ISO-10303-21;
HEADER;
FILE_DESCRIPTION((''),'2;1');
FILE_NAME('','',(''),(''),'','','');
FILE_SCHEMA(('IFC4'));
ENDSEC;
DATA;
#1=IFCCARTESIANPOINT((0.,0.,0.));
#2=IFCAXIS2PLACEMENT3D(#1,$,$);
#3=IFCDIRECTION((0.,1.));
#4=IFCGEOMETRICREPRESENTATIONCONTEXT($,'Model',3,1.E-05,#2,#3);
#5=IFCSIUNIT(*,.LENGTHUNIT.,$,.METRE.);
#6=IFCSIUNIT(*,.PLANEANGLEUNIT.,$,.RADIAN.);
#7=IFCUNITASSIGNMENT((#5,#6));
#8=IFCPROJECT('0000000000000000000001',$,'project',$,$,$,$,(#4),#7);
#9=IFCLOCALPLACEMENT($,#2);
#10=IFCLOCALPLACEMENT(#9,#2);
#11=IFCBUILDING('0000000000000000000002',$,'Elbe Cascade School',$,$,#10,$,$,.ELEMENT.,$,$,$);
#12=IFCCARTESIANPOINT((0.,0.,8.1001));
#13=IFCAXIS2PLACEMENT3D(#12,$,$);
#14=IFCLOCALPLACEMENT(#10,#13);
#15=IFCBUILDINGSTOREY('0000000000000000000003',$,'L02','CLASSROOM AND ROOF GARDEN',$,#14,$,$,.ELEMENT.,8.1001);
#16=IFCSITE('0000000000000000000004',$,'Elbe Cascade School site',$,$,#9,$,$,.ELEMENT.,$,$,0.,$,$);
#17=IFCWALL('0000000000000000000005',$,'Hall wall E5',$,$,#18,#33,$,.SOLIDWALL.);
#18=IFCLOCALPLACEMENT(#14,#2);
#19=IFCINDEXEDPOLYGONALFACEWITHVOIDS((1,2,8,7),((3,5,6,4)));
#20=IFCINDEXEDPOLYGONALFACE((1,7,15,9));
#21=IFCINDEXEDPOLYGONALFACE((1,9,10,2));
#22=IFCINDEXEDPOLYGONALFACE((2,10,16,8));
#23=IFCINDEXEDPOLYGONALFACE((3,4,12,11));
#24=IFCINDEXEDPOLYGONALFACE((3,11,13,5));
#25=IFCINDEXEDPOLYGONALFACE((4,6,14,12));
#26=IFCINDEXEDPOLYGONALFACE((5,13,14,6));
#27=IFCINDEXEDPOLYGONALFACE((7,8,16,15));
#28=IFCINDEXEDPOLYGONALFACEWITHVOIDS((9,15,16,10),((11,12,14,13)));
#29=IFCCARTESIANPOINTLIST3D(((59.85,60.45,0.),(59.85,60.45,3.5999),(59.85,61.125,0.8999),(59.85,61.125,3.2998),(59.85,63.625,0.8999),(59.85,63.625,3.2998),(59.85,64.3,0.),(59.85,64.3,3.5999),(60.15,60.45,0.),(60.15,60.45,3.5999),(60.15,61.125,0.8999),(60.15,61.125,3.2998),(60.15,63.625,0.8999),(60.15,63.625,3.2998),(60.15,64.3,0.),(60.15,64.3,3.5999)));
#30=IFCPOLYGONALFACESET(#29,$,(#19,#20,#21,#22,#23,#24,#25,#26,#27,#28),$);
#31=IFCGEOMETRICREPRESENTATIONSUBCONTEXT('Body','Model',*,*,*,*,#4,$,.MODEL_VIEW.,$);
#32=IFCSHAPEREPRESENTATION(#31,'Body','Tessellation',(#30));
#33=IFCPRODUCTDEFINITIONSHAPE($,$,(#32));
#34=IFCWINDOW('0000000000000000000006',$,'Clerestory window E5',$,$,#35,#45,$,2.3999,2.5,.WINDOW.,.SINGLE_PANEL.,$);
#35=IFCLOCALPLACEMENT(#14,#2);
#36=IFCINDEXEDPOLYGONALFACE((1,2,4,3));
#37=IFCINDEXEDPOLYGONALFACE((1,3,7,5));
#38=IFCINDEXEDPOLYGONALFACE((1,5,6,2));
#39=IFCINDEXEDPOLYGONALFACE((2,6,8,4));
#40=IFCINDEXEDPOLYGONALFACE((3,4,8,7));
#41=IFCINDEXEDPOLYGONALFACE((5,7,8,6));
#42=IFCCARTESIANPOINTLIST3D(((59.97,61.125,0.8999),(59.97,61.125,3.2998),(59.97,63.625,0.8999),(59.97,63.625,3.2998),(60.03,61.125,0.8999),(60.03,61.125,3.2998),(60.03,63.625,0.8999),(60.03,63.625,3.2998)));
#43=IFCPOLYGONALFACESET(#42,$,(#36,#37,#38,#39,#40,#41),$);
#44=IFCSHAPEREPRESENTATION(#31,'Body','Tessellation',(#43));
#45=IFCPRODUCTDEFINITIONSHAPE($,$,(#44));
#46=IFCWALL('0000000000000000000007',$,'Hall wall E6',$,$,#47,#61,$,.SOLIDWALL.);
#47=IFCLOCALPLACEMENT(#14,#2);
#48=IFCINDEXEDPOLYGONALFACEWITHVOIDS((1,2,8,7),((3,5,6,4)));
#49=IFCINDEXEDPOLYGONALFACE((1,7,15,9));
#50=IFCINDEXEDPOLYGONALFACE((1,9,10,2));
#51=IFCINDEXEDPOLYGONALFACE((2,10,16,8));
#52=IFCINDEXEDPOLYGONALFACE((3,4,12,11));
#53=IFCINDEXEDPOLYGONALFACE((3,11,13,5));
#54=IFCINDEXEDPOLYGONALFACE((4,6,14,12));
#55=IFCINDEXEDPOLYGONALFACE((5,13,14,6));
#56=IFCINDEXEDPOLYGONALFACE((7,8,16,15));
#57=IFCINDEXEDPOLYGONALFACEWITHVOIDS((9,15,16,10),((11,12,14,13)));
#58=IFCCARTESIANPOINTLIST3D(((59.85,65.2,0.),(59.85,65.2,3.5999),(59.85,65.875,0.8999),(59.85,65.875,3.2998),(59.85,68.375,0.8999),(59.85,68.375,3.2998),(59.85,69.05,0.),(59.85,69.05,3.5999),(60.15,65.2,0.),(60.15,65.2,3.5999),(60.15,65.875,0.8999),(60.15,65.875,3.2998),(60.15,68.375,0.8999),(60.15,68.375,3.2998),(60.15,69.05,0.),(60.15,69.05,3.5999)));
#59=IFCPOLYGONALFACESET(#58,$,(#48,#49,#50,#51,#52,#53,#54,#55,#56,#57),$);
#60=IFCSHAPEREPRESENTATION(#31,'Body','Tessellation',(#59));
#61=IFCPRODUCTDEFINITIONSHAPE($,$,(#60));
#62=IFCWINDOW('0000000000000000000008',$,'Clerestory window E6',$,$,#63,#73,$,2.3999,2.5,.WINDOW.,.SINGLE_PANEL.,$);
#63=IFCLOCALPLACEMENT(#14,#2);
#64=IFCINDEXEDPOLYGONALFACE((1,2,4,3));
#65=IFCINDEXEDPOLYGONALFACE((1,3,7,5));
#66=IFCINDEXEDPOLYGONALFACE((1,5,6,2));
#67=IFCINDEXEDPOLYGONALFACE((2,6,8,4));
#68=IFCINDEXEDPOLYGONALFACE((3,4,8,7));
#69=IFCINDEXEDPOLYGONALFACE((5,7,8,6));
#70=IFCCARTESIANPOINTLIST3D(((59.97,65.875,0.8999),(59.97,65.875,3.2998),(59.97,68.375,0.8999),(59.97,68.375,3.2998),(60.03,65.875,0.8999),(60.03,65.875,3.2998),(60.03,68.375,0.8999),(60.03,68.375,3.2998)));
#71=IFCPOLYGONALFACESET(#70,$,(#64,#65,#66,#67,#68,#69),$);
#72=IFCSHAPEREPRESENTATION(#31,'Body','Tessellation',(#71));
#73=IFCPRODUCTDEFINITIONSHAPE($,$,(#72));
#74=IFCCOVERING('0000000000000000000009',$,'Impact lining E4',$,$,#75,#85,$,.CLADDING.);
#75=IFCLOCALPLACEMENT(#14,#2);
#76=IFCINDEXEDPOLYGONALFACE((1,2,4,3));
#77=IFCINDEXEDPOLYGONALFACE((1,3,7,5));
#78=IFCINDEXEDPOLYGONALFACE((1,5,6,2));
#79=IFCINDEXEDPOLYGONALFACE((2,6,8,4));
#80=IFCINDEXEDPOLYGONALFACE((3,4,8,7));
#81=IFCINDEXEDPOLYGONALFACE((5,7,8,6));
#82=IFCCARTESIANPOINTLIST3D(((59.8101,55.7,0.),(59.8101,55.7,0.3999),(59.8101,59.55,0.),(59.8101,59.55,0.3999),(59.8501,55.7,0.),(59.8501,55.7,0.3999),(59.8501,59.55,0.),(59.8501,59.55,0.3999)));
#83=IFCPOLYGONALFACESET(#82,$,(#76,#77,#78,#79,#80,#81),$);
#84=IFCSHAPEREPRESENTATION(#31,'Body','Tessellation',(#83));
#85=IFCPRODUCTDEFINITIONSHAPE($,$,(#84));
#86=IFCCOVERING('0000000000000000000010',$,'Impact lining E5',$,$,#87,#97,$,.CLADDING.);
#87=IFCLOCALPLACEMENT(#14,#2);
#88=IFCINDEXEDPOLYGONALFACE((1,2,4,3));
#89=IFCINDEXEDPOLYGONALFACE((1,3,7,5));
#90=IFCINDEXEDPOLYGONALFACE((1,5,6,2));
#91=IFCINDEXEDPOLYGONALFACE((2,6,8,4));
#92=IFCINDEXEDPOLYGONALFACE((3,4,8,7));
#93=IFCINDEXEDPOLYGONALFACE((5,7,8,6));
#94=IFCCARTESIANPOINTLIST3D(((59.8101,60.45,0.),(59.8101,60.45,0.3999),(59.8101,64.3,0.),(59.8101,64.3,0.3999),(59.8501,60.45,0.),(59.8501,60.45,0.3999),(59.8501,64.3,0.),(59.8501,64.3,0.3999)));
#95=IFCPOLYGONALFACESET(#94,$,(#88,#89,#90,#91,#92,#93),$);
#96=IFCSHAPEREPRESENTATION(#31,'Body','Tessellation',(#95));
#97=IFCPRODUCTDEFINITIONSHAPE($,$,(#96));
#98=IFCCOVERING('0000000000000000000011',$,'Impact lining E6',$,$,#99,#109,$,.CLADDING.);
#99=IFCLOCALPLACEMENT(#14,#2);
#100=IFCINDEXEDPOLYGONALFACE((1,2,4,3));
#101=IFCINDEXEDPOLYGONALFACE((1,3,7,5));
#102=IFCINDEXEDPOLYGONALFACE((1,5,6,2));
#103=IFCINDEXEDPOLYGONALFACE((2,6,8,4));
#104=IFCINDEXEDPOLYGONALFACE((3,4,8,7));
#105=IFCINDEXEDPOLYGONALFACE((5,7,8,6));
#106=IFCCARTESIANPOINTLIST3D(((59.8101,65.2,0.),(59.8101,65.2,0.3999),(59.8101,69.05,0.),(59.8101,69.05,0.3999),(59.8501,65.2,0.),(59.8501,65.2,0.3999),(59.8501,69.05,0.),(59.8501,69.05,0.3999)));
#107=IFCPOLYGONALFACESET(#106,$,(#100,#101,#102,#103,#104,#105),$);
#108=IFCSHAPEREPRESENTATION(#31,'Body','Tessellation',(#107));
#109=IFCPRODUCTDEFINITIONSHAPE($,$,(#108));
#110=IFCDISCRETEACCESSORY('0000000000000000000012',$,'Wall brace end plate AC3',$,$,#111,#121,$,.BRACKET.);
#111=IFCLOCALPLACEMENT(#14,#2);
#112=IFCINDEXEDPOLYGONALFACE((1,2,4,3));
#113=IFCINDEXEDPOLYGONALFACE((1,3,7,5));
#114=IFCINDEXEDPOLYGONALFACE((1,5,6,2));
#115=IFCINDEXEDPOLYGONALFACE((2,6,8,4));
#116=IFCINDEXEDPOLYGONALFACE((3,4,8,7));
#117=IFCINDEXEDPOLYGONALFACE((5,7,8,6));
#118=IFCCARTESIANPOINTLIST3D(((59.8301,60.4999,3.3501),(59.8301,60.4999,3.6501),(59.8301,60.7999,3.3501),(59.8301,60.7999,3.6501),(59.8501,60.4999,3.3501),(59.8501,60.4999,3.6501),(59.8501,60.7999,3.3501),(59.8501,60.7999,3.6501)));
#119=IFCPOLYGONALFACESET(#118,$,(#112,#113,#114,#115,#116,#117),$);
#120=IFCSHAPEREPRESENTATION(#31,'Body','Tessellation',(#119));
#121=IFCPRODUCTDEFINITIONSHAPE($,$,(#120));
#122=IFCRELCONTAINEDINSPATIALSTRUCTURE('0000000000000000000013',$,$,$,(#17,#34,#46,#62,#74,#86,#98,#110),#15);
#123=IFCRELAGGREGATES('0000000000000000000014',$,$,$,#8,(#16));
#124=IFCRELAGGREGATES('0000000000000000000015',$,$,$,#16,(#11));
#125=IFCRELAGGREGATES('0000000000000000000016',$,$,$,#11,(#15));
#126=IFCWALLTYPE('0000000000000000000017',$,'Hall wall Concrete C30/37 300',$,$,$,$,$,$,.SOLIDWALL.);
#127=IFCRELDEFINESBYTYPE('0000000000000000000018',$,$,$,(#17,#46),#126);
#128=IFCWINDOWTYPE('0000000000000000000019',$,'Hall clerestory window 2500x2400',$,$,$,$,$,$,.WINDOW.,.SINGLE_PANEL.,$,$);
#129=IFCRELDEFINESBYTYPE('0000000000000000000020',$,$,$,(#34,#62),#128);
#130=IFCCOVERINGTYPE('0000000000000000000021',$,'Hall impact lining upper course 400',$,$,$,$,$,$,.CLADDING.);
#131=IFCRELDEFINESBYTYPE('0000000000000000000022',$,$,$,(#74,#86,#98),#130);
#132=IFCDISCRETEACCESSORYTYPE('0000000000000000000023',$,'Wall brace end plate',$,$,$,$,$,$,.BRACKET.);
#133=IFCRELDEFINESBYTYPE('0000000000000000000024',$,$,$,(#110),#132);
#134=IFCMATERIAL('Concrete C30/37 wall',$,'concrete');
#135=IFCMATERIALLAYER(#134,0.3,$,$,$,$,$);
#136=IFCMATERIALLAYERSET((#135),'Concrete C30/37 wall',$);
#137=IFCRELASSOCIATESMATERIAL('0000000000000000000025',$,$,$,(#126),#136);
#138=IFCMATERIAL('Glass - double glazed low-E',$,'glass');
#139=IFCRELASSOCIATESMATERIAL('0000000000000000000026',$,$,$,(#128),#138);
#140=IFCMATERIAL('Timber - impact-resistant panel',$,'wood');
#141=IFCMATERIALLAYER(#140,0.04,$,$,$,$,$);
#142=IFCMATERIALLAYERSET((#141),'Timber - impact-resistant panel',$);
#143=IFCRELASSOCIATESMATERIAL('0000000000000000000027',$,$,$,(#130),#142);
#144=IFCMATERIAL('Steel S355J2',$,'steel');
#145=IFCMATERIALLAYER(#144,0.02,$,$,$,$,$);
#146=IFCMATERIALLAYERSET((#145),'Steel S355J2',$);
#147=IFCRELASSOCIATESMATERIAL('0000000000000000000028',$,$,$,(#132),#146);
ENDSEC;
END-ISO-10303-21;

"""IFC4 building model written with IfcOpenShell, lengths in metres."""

from ifc_helpers import new_model, si_unit, direction, frame, frame_2d, origin, origin_2d, place, context, subcontext, project, spatial, rectangle, extrude, material, layer, layer_set, type_object, element, fill, save


model = new_model("IFC4")

# Units and contexts
model_context = context("Model", 3, precision=1e-05, world=origin(), true_north=direction((0.0, 1.0)))
body_context = subcontext(model_context, "Body", "Model", "MODEL_VIEW")
ifc_project = project(units=[si_unit("LENGTHUNIT", "METRE"), si_unit("PLANEANGLEUNIT", "RADIAN")], contexts=[model_context])

# Site, building, storey
site_placement = place(None, origin())
site = spatial("IfcSite", under=ifc_project, at=site_placement, Name="Elbe Cascade School site", CompositionType="ELEMENT", RefElevation=0.0)
building_placement = place(site_placement, origin())
building = spatial("IfcBuilding", under=site, at=building_placement, Name="Elbe Cascade School", CompositionType="ELEMENT")
storey_placement = place(building_placement, frame((0.0, 0.0, 8.1001)))
storey = spatial("IfcBuildingStorey", under=building, at=storey_placement, Name="L02", Description="CLASSROOM AND ROOF GARDEN", CompositionType="ELEMENT", Elevation=8.1001)

# Walls, openings, windows
ifc_material_1 = material(Name="Concrete C30/37 wall", Category="concrete")
ifc_layer_1 = layer(ifc_material_1, 0.3)
ifc_layer_set_1 = layer_set([ifc_layer_1], Name="Concrete C30/37 wall")
wall_type = type_object("IfcWallType", Name="Hall wall Concrete C30/37 300", PredefinedType="SOLIDWALL", material=ifc_layer_set_1)
ifc_material_2 = material(Name="Glass - double glazed low-E", Category="glass")
window_type = type_object("IfcWindowType", Name="Hall clerestory window 2500x2400", PartitioningType="SINGLE_PANEL", PredefinedType="WINDOW", material=ifc_material_2)
wall_1_placement = place(storey_placement, frame((60.0, 60.45, 0.0), z_axis=(0.0, 0.0, 1.0), x_axis=(0.0, 1.0, 0.0)))
wall_1 = element("IfcWall", 1, at=wall_1_placement, inside=storey, type_object=wall_type, Name="Hall wall E5", PredefinedType="SOLIDWALL", context=body_context, shape_type="SweptSolid", body=[
    extrude(rectangle(XDim=3.8501, YDim=0.3, at=frame_2d((1.925, 0.0))), origin(), (0.0, 0.0, 1.0), 3.5999),
])
opening_1_placement = place(wall_1_placement, frame((0.675, 0.0, 0.8999)))
opening_1 = element("IfcOpeningElement", 2, at=opening_1_placement, cuts=wall_1, PredefinedType="OPENING", context=body_context, shape_type="SweptSolid", body=[
    extrude(rectangle(XDim=2.5, YDim=2.3999, at=frame_2d((1.25, 1.2))), frame((0.0, 0.1599, 0.0), z_axis=(0.0, -1.0, 0.0), x_axis=(1.0, 0.0, 0.0)), (0.0, 0.0, 1.0), 0.3201),
])
window_1_placement = place(opening_1_placement, origin())
window_1 = element("IfcWindow", 3, at=window_1_placement, inside=storey, type_object=window_type, Name="Clerestory window E5", OverallHeight=2.3999, OverallWidth=2.5, PartitioningType="SINGLE_PANEL", PredefinedType="WINDOW", context=body_context, shape_type="SweptSolid", body=[
    extrude(rectangle(XDim=2.5, YDim=2.3999, at=frame_2d((1.25, 1.2))), frame((0.0, 0.03, 0.0), z_axis=(0.0, -1.0, 0.0), x_axis=(1.0, 0.0, 0.0)), (0.0, 0.0, 1.0), 0.0601),
])
fill(opening_1, window_1)
wall_2_placement = place(storey_placement, frame((60.0, 65.2, 0.0), z_axis=(0.0, 0.0, 1.0), x_axis=(0.0, 1.0, 0.0)))
wall_2 = element("IfcWall", 4, at=wall_2_placement, inside=storey, type_object=wall_type, Name="Hall wall E6", PredefinedType="SOLIDWALL", context=body_context, shape_type="SweptSolid", body=[
    extrude(rectangle(XDim=3.8501, YDim=0.3, at=frame_2d((1.925, 0.0))), origin(), (0.0, 0.0, 1.0), 3.5999),
])
opening_2_placement = place(wall_2_placement, frame((0.675, 0.0, 0.8999)))
opening_2 = element("IfcOpeningElement", 5, at=opening_2_placement, cuts=wall_2, PredefinedType="OPENING", context=body_context, shape_type="SweptSolid", body=[
    extrude(rectangle(XDim=2.5, YDim=2.3999, at=frame_2d((1.25, 1.2))), frame((0.0, 0.1599, 0.0), z_axis=(0.0, -1.0, 0.0), x_axis=(1.0, 0.0, 0.0)), (0.0, 0.0, 1.0), 0.3201),
])
window_2_placement = place(opening_2_placement, origin())
window_2 = element("IfcWindow", 6, at=window_2_placement, inside=storey, type_object=window_type, Name="Clerestory window E6", OverallHeight=2.3999, OverallWidth=2.5, PartitioningType="SINGLE_PANEL", PredefinedType="WINDOW", context=body_context, shape_type="SweptSolid", body=[
    extrude(rectangle(XDim=2.5, YDim=2.3999, at=frame_2d((1.25, 1.2))), frame((0.0, 0.03, 0.0), z_axis=(0.0, -1.0, 0.0), x_axis=(1.0, 0.0, 0.0)), (0.0, 0.0, 1.0), 0.0601),
])
fill(opening_2, window_2)

# Coverings
ifc_material_3 = material(Name="Timber - impact-resistant panel", Category="wood")
ifc_layer_2 = layer(ifc_material_3, 0.04)
ifc_layer_set_2 = layer_set([ifc_layer_2], Name="Timber - impact-resistant panel")
covering_type = type_object("IfcCoveringType", Name="Hall impact lining upper course 400", PredefinedType="CLADDING", material=ifc_layer_set_2)
for number, where, z_axis, x_axis, name in (
    (7, (59.8301, 57.625, 0.0), (0.0, 0.0, 1.0), (1.0, 0.0, 0.0), "Impact lining E4"),
    (8, (59.8301, 62.375, 0.0), (0.0, 0.0, 1.0), (1.0, 0.0, 0.0), "Impact lining E5"),
    (9, (59.8301, 67.125, 0.0), (0.0, 0.0, 1.0), (1.0, 0.0, 0.0), "Impact lining E6"),
):
    element("IfcCovering", number, at=place(storey_placement, frame(where, z_axis=z_axis, x_axis=x_axis)), inside=storey, type_object=covering_type, Name=name, PredefinedType="CLADDING", context=body_context, shape_type="SweptSolid", body=[
        extrude(rectangle(XDim=0.04, YDim=3.8501, at=origin_2d()), origin(), (0.0, 0.0, 1.0), 0.3999),
    ])

# Discrete accessory
ifc_material_4 = material(Name="Steel S355J2", Category="steel")
ifc_layer_3 = layer(ifc_material_4, 0.02)
ifc_layer_set_3 = layer_set([ifc_layer_3], Name="Steel S355J2")
discrete_accessory_type = type_object("IfcDiscreteAccessoryType", Name="Wall brace end plate", PredefinedType="BRACKET", material=ifc_layer_set_3)
discrete_accessory_placement = place(storey_placement, frame((59.8401, 60.6499, 3.3501), z_axis=(0.0, 0.0, 1.0), x_axis=(1.0, 0.0, 0.0)))
element("IfcDiscreteAccessory", 10, at=discrete_accessory_placement, inside=storey, type_object=discrete_accessory_type, Name="Wall brace end plate AC3", PredefinedType="BRACKET", context=body_context, shape_type="SweptSolid", body=[
    extrude(rectangle(XDim=0.02, YDim=0.3, at=origin_2d()), origin(), (0.0, 0.0, 1.0), 0.3),
])

save(model, "model.ifc")
